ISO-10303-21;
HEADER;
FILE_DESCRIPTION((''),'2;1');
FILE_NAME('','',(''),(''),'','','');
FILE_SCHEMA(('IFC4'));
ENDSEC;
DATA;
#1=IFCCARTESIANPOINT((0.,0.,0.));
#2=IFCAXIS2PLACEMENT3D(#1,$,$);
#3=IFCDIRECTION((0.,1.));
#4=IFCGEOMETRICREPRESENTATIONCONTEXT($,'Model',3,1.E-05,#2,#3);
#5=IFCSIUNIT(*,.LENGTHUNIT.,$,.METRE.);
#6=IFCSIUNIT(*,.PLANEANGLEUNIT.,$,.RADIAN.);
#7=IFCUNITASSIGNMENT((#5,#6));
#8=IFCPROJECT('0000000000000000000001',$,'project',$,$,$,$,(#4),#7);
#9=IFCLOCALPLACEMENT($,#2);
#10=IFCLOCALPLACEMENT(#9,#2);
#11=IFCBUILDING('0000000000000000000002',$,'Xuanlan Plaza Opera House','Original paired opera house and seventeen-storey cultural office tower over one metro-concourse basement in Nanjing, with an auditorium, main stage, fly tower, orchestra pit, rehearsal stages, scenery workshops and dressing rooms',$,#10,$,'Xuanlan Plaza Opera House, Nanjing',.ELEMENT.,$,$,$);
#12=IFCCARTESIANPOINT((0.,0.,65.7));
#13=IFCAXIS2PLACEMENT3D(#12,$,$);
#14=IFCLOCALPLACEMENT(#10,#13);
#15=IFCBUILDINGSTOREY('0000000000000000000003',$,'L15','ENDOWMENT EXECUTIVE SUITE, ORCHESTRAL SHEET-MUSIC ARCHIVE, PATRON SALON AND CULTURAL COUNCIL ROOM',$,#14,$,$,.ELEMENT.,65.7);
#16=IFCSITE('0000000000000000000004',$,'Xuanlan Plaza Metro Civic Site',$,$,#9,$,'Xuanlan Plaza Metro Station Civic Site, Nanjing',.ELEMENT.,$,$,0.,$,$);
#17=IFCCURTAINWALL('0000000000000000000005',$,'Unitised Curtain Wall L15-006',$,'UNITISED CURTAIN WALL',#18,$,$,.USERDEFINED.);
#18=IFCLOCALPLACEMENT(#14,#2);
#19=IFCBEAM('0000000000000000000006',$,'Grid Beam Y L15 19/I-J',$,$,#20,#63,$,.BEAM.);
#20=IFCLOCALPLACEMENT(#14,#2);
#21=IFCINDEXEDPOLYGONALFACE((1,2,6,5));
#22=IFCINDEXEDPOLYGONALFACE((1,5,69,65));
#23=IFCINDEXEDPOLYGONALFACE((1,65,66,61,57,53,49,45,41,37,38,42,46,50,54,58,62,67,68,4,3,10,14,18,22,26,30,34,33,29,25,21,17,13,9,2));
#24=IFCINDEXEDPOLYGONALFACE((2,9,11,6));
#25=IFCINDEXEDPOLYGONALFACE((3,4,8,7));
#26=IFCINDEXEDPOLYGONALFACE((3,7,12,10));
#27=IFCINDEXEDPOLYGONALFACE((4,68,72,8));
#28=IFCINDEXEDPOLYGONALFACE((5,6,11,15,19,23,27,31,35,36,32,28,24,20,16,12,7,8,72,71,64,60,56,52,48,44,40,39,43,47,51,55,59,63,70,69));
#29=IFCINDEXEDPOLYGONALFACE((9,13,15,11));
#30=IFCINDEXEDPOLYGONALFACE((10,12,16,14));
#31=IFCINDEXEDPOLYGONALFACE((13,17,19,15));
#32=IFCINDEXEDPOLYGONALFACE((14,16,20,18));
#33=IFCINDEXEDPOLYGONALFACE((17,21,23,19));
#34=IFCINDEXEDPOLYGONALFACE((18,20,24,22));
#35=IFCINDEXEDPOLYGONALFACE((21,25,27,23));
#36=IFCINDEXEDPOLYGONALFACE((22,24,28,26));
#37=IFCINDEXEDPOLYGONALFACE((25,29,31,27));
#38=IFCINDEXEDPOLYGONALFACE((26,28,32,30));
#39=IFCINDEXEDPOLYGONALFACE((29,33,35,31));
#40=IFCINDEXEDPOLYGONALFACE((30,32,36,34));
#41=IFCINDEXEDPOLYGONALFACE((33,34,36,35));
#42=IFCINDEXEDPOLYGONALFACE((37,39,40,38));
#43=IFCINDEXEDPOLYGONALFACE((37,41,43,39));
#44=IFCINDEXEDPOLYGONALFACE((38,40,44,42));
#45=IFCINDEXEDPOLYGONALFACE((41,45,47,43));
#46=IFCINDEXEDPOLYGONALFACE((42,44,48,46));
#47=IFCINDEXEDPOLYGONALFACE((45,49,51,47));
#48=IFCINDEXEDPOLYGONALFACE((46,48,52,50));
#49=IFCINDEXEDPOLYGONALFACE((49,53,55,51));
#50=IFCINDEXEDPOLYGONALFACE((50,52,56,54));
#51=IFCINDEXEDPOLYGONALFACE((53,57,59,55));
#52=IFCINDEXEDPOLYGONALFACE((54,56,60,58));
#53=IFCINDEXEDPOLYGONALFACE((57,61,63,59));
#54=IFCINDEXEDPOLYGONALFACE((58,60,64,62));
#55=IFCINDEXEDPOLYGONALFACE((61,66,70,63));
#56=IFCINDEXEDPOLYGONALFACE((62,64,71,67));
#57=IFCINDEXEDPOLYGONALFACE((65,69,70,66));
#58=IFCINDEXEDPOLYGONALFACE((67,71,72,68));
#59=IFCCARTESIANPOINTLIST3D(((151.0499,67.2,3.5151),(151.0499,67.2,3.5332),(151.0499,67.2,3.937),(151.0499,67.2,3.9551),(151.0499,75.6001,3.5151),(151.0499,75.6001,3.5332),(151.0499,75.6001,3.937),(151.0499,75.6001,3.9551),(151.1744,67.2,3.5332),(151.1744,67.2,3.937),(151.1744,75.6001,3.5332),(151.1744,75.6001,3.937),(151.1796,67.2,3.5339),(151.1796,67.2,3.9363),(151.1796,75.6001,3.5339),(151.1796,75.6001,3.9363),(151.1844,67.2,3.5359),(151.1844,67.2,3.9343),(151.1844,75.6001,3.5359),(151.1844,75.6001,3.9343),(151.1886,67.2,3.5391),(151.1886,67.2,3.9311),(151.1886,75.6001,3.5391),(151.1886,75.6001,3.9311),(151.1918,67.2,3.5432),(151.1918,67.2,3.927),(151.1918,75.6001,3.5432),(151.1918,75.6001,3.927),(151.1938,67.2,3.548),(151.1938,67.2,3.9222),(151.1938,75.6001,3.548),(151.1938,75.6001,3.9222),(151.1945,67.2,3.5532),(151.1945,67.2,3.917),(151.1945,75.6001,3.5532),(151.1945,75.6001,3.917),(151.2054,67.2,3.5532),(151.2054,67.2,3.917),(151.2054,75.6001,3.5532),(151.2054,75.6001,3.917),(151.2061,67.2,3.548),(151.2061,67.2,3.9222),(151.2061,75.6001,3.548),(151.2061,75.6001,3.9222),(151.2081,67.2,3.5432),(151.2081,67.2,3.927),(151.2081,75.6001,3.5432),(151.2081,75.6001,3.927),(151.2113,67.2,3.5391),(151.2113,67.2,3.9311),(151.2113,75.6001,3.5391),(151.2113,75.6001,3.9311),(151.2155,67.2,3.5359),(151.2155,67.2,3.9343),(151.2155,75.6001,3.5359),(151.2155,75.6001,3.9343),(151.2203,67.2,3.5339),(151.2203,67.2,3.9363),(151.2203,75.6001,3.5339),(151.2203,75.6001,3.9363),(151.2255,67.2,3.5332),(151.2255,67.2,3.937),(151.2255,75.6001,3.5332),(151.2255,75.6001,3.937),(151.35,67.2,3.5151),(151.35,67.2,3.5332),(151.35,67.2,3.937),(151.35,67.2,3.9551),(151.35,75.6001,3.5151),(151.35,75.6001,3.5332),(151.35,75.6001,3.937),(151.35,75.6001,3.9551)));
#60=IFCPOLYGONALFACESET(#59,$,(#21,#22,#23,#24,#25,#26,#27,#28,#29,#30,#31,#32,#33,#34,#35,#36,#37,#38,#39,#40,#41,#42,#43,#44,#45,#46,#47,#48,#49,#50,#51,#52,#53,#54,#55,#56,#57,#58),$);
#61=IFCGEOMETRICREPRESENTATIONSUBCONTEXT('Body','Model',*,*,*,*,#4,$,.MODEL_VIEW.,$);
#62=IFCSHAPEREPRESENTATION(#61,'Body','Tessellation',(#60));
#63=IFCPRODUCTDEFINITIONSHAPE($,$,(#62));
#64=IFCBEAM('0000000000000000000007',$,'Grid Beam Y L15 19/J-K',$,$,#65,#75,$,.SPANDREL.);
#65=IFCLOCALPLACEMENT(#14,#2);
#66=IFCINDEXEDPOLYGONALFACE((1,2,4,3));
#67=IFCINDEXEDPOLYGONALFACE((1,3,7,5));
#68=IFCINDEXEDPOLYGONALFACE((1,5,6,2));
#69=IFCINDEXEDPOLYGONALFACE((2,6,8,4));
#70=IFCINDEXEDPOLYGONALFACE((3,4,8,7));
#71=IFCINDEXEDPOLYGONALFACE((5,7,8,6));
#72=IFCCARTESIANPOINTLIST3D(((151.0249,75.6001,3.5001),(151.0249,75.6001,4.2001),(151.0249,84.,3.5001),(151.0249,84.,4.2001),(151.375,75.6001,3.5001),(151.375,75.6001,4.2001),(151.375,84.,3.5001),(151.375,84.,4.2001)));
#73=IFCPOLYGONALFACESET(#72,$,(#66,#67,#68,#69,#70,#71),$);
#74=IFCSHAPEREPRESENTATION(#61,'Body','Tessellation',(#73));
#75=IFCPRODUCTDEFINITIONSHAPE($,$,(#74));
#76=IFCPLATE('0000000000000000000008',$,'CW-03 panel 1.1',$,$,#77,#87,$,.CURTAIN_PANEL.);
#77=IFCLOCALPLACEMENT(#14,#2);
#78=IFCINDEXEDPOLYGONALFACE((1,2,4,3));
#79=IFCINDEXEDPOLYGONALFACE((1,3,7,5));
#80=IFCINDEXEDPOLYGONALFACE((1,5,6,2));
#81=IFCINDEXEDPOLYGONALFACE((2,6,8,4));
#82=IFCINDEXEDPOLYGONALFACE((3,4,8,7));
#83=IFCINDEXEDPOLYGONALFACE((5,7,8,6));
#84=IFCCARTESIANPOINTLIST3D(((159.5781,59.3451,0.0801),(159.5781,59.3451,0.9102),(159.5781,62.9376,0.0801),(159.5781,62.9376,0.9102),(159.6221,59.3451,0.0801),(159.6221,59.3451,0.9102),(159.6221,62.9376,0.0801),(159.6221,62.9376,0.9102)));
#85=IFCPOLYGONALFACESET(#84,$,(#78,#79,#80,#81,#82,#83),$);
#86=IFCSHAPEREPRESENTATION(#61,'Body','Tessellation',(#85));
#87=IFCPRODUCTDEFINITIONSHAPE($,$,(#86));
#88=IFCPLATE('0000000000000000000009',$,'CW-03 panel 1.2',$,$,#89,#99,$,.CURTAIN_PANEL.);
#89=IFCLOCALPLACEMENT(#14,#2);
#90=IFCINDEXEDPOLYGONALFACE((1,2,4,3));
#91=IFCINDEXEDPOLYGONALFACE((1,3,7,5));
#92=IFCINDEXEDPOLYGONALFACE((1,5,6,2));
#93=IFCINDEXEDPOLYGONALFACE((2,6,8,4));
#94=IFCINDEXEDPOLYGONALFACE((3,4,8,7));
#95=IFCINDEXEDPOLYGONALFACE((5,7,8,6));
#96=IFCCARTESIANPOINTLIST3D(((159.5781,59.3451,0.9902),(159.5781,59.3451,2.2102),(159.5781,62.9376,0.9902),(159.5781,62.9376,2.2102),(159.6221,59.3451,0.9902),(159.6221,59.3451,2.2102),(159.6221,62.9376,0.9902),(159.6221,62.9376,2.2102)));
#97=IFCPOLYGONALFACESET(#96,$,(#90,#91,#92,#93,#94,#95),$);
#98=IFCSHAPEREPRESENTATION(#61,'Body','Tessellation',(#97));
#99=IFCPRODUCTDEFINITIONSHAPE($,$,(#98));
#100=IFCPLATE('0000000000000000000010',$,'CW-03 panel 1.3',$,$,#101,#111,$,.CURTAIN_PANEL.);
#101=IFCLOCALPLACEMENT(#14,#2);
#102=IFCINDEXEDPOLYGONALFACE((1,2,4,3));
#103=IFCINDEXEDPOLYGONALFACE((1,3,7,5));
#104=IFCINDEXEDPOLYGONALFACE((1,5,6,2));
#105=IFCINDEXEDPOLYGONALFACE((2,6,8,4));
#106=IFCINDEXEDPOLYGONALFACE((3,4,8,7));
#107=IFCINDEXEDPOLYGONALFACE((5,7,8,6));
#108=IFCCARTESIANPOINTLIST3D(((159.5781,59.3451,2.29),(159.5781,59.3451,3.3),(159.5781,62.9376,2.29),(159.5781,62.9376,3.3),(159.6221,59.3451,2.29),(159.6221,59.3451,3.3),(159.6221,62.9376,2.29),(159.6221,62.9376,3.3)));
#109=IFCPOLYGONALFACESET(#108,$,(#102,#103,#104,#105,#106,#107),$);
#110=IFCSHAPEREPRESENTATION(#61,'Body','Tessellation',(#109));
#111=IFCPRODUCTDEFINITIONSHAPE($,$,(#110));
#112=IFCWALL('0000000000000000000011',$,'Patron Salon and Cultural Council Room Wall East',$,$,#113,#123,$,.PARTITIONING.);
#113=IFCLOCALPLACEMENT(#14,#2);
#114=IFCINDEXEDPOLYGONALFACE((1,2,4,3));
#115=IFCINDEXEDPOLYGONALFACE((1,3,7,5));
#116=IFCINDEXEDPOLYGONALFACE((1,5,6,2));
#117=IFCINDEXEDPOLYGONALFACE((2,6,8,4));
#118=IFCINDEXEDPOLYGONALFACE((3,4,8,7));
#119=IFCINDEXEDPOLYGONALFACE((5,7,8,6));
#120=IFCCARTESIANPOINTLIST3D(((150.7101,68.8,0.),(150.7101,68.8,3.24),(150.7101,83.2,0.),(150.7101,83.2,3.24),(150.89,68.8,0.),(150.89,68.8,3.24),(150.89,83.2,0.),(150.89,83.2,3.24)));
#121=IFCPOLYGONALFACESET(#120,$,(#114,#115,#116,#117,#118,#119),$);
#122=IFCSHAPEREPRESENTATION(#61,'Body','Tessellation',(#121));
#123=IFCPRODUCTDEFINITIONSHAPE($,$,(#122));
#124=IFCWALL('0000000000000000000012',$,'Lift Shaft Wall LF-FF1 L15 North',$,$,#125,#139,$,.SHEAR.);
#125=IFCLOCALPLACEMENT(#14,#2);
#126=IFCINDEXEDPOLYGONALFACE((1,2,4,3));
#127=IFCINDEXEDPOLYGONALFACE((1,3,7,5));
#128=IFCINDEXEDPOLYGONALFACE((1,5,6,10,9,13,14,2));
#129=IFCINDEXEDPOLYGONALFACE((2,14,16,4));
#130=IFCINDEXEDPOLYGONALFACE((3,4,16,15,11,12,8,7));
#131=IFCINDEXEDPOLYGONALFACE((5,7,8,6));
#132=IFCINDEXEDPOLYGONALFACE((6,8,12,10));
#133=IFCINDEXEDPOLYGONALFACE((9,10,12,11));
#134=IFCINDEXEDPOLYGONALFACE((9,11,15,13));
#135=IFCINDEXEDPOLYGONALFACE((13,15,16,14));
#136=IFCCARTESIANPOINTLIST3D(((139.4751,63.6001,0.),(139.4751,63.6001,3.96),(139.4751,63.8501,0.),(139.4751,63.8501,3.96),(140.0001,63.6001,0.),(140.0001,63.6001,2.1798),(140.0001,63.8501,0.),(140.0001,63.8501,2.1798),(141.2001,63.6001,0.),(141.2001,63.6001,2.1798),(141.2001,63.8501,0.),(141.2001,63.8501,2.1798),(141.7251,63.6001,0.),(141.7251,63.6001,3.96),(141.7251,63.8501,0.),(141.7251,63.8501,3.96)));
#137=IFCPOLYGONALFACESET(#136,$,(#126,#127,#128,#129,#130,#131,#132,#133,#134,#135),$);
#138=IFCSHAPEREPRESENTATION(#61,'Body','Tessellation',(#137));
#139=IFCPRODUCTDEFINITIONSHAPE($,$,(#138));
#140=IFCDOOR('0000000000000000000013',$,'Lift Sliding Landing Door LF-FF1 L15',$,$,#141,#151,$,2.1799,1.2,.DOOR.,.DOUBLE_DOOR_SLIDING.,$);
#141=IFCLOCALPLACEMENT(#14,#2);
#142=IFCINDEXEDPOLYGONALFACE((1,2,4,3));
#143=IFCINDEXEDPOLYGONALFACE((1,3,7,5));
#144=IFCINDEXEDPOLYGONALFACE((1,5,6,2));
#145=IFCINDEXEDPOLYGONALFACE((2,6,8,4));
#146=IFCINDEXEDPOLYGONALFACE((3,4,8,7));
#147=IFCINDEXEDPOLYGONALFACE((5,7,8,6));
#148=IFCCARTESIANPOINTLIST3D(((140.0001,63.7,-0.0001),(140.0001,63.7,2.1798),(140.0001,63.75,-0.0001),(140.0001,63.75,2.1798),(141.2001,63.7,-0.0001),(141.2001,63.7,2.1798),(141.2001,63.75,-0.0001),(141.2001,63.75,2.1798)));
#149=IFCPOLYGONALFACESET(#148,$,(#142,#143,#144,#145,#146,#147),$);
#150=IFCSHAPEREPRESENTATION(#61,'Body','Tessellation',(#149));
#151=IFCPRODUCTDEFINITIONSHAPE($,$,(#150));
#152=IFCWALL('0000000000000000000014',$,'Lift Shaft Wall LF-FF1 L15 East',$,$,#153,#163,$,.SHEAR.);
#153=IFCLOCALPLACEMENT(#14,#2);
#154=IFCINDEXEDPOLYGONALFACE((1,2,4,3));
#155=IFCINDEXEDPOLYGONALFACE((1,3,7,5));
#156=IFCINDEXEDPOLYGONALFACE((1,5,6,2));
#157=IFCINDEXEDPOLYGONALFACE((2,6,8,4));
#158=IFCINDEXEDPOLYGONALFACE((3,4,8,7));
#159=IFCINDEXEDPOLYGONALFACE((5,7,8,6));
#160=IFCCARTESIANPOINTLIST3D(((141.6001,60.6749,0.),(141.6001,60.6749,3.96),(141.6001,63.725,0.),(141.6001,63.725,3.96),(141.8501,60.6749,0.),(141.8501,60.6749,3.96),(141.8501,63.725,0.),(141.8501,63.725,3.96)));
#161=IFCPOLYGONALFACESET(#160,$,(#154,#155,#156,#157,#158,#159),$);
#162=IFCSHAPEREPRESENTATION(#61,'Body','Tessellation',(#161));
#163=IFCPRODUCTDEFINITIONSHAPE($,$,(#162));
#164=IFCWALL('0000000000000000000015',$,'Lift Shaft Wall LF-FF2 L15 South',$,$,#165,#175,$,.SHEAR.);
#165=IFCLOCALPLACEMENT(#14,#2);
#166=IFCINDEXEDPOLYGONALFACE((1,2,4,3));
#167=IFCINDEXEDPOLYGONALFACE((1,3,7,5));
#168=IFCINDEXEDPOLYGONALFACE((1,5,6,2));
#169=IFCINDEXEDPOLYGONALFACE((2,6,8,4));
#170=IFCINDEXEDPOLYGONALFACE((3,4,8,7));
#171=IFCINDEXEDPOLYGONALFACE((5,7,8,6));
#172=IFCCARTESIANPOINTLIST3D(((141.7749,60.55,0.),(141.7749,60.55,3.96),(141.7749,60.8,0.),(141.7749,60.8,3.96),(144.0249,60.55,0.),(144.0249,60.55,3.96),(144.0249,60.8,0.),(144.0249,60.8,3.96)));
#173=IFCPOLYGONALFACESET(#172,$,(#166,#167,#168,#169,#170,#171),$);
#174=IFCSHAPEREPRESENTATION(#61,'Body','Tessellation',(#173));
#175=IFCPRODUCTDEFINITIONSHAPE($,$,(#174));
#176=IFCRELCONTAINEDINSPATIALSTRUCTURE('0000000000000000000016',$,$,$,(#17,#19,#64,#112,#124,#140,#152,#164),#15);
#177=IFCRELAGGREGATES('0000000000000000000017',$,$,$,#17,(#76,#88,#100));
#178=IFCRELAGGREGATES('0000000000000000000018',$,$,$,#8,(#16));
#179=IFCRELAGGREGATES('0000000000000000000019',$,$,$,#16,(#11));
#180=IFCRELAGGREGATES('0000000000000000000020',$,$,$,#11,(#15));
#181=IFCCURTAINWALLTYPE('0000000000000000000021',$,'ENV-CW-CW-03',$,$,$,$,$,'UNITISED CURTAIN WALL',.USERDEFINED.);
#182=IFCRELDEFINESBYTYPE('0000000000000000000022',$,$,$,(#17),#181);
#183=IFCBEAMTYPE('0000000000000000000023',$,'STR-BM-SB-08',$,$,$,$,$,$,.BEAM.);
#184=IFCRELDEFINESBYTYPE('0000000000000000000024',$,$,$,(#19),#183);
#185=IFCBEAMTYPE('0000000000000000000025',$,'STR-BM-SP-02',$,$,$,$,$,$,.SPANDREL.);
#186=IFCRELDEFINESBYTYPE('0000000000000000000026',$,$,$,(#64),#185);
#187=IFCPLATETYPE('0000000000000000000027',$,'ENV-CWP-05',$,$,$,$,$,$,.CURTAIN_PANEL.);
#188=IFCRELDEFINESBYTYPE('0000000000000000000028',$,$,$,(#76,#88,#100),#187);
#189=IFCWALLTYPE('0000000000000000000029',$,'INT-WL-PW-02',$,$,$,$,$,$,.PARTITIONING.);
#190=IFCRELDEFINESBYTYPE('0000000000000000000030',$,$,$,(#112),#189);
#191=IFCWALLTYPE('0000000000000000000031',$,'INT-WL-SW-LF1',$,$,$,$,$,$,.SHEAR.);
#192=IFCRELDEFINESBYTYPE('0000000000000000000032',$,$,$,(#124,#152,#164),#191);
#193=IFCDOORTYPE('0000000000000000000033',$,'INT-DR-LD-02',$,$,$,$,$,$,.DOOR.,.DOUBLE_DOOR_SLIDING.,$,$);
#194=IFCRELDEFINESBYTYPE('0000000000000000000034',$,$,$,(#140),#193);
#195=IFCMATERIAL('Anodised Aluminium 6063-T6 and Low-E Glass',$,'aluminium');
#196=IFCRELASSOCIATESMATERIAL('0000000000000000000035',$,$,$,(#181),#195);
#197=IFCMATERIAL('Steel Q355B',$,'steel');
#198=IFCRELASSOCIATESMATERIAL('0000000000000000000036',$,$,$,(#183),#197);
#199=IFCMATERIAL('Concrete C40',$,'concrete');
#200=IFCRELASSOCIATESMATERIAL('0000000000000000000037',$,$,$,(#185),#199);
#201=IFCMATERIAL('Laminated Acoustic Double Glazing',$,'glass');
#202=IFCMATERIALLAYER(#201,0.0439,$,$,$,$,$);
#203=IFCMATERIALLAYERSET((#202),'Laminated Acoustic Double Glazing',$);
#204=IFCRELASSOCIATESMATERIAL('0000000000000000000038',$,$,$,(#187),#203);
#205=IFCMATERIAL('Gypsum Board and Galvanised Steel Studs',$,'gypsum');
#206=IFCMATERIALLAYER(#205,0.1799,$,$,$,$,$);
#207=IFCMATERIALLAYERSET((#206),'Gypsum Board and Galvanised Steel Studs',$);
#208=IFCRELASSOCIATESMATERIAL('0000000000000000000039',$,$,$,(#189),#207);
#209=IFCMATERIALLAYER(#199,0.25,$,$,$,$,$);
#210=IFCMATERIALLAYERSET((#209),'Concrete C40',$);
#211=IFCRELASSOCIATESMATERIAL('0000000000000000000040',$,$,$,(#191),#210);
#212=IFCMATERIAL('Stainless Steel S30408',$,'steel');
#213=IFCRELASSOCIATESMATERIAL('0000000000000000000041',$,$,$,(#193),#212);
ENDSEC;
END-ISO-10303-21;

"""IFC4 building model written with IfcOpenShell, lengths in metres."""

from ifc_helpers import new_model, si_unit, direction, frame, frame_2d, origin, origin_2d, place, context, subcontext, project, spatial, rectangle, i_section, extrude, material, layer, layer_set, material_profile, profile_set, type_object, element, fill, aggregate, save


model = new_model("IFC4")

# Units and contexts
model_context = context("Model", 3, precision=1e-05, world=origin(), true_north=direction((0.0, 1.0)))
body_context = subcontext(model_context, "Body", "Model", "MODEL_VIEW")
ifc_project = project(units=[si_unit("LENGTHUNIT", "METRE"), si_unit("PLANEANGLEUNIT", "RADIAN")], contexts=[model_context])

# Site, building, storey
site_placement = place(None, origin())
site = spatial("IfcSite", under=ifc_project, at=site_placement, Name="Xuanlan Plaza Metro Civic Site", LongName="Xuanlan Plaza Metro Station Civic Site, Nanjing", CompositionType="ELEMENT", RefElevation=0.0)
building_placement = place(site_placement, origin())
building = spatial("IfcBuilding", under=site, at=building_placement, Name="Xuanlan Plaza Opera House", Description="Original paired opera house and seventeen-storey cultural office tower over one metro-concourse basement in Nanjing, with an auditorium, main stage, fly tower, orchestra pit, rehearsal stages, scenery workshops and dressing rooms", LongName="Xuanlan Plaza Opera House, Nanjing", CompositionType="ELEMENT")
storey_placement = place(building_placement, frame((0.0, 0.0, 65.7)))
storey = spatial("IfcBuildingStorey", under=building, at=storey_placement, Name="L15", Description="ENDOWMENT EXECUTIVE SUITE, ORCHESTRAL SHEET-MUSIC ARCHIVE, PATRON SALON AND CULTURAL COUNCIL ROOM", CompositionType="ELEMENT", Elevation=65.7)

# Curtain wall
ifc_material_1 = material(Name="Anodised Aluminium 6063-T6 and Low-E Glass", Category="aluminium")
curtain_wall_type = type_object("IfcCurtainWallType", Name="ENV-CW-CW-03", ElementType="UNITISED CURTAIN WALL", PredefinedType="USERDEFINED", material=ifc_material_1)
curtain_wall_placement = place(storey_placement, origin())
curtain_wall = element("IfcCurtainWall", 1, at=curtain_wall_placement, inside=storey, type_object=curtain_wall_type, Name="Unitised Curtain Wall L15-006", ObjectType="UNITISED CURTAIN WALL", PredefinedType="USERDEFINED")

# Beams
ifc_material_2 = material(Name="Concrete C40", Category="concrete")
ifc_material_3 = material(Name="Steel Q355B", Category="steel")
ifc_material_profile_1 = material_profile(ifc_material_3, i_section(OverallWidth=0.3, OverallDepth=0.4399, WebThickness=0.011, FlangeThickness=0.0181, FilletRadius=0.02, at=origin_2d()), Name="HM 440x300x11x18")
ifc_profile_set_1 = profile_set([ifc_material_profile_1], Name="Steel Q355B")
beam_type_1 = type_object("IfcBeamType", Name="STR-BM-SB-08", PredefinedType="BEAM", material=ifc_profile_set_1)
beam_1_placement = place(storey_placement, frame((151.2, 67.2, 3.7351), z_axis=(0.0, 1.0, 0.0), x_axis=(-1.0, 0.0, 0.0)))
element("IfcBeam", 2, at=beam_1_placement, inside=storey, type_object=beam_type_1, Name="Grid Beam Y L15 19/I-J", PredefinedType="BEAM", context=body_context, shape_type="SweptSolid", body=[
    extrude(i_section(OverallWidth=0.3, OverallDepth=0.4399, WebThickness=0.011, FlangeThickness=0.0181, FilletRadius=0.02, at=origin_2d()), origin(), (0.0, 0.0, 1.0), 8.4001),
])
ifc_material_profile_2 = material_profile(ifc_material_2, rectangle(XDim=0.3501, YDim=0.7, at=origin_2d()), Name="RC-SPD 350x700")
ifc_profile_set_2 = profile_set([ifc_material_profile_2], Name="Concrete C40")
beam_type_2 = type_object("IfcBeamType", Name="STR-BM-SP-02", PredefinedType="SPANDREL", material=ifc_profile_set_2)
beam_2_placement = place(storey_placement, frame((151.2, 75.6001, 3.8501), z_axis=(0.0, 1.0, 0.0), x_axis=(-1.0, 0.0, 0.0)))
element("IfcBeam", 3, at=beam_2_placement, inside=storey, type_object=beam_type_2, Name="Grid Beam Y L15 19/J-K", PredefinedType="SPANDREL", context=body_context, shape_type="SweptSolid", body=[
    extrude(rectangle(XDim=0.3501, YDim=0.7, at=origin_2d()), origin(), (0.0, 0.0, 1.0), 8.3999),
])

# Plates
ifc_material_4 = material(Name="Laminated Acoustic Double Glazing", Category="glass")
ifc_layer_1 = layer(ifc_material_4, 0.0439)
ifc_layer_set_1 = layer_set([ifc_layer_1], Name="Laminated Acoustic Double Glazing")
plate_type = type_object("IfcPlateType", Name="ENV-CWP-05", PredefinedType="CURTAIN_PANEL", material=ifc_layer_set_1)
plate_1_placement = place(storey_placement, frame((159.6001, 61.1414, 0.0801), z_axis=(0.0, 0.0, 1.0), x_axis=(0.0, 1.0, 0.0)))
plate_1 = element("IfcPlate", 4, at=plate_1_placement, type_object=plate_type, Name="CW-03 panel 1.1", PredefinedType="CURTAIN_PANEL", context=body_context, shape_type="SweptSolid", body=[
    extrude(rectangle(XDim=3.5925, YDim=0.0439, at=origin_2d()), origin(), (0.0, 0.0, 1.0), 0.8301),
])
plate_2_placement = place(storey_placement, frame((159.6001, 61.1414, 0.9902), z_axis=(0.0, 0.0, 1.0), x_axis=(0.0, 1.0, 0.0)))
plate_2 = element("IfcPlate", 5, at=plate_2_placement, type_object=plate_type, Name="CW-03 panel 1.2", PredefinedType="CURTAIN_PANEL", context=body_context, shape_type="SweptSolid", body=[
    extrude(rectangle(XDim=3.5925, YDim=0.0439, at=origin_2d()), origin(), (0.0, 0.0, 1.0), 1.22),
])
plate_3_placement = place(storey_placement, frame((159.6001, 61.1414, 2.29), z_axis=(0.0, 0.0, 1.0), x_axis=(0.0, 1.0, 0.0)))
plate_3 = element("IfcPlate", 6, at=plate_3_placement, type_object=plate_type, Name="CW-03 panel 1.3", PredefinedType="CURTAIN_PANEL", context=body_context, shape_type="SweptSolid", body=[
    extrude(rectangle(XDim=3.5925, YDim=0.0439, at=origin_2d()), origin(), (0.0, 0.0, 1.0), 1.01),
])
aggregate(curtain_wall, [plate_1, plate_2, plate_3])

# Wall
ifc_material_5 = material(Name="Gypsum Board and Galvanised Steel Studs", Category="gypsum")
ifc_layer_2 = layer(ifc_material_5, 0.1799)
ifc_layer_set_2 = layer_set([ifc_layer_2], Name="Gypsum Board and Galvanised Steel Studs")
wall_type_1 = type_object("IfcWallType", Name="INT-WL-PW-02", PredefinedType="PARTITIONING", material=ifc_layer_set_2)
wall_1_placement = place(storey_placement, frame((150.8, 68.8, 0.0), z_axis=(0.0, 0.0, 1.0), x_axis=(0.0, 1.0, 0.0)))
element("IfcWall", 7, at=wall_1_placement, inside=storey, type_object=wall_type_1, Name="Patron Salon and Cultural Council Room Wall East", PredefinedType="PARTITIONING", context=body_context, shape_type="SweptSolid", body=[
    extrude(rectangle(XDim=14.3999, YDim=0.1799, at=frame_2d((7.2, 0.0))), origin(), (0.0, 0.0, 1.0), 3.24),
])

# Wall, opening, door
ifc_layer_3 = layer(ifc_material_2, 0.25)
ifc_layer_set_3 = layer_set([ifc_layer_3], Name="Concrete C40")
wall_type_2 = type_object("IfcWallType", Name="INT-WL-SW-LF1", PredefinedType="SHEAR", material=ifc_layer_set_3)
wall_2_placement = place(storey_placement, frame((139.4751, 63.7251, 0.0), z_axis=(0.0, 0.0, 1.0), x_axis=(1.0, 0.0, 0.0)))
wall_2 = element("IfcWall", 8, at=wall_2_placement, inside=storey, type_object=wall_type_2, Name="Lift Shaft Wall LF-FF1 L15 North", PredefinedType="SHEAR", context=body_context, shape_type="SweptSolid", body=[
    extrude(rectangle(XDim=2.25, YDim=0.25, at=frame_2d((1.125, 0.0))), origin(), (0.0, 0.0, 1.0), 3.96),
])
opening_1_placement = place(wall_2_placement, frame((0.5249, 0.0, 0.0)))
opening_1 = element("IfcOpeningElement", 9, at=opening_1_placement, cuts=wall_2, PredefinedType="OPENING", context=body_context, shape_type="SweptSolid", body=[
    extrude(rectangle(XDim=1.2, YDim=2.1799, at=frame_2d((0.6001, 1.0898))), frame((0.0, 0.135, 0.0), z_axis=(0.0, -1.0, 0.0), x_axis=(1.0, 0.0, 0.0)), (0.0, 0.0, 1.0), 0.27),
])
ifc_material_6 = material(Name="Stainless Steel S30408", Category="steel")
door_type = type_object("IfcDoorType", Name="INT-DR-LD-02", OperationType="DOUBLE_DOOR_SLIDING", PredefinedType="DOOR", material=ifc_material_6)
door_1_placement = place(opening_1_placement, origin())
door_1 = element("IfcDoor", 10, at=door_1_placement, inside=storey, type_object=door_type, Name="Lift Sliding Landing Door LF-FF1 L15", OperationType="DOUBLE_DOOR_SLIDING", OverallHeight=2.1799, OverallWidth=1.2, PredefinedType="DOOR", context=body_context, shape_type="SweptSolid", body=[
    extrude(rectangle(XDim=1.2, YDim=2.1799, at=frame_2d((0.6001, 1.0898))), frame((0.0, 0.0249, 0.0), z_axis=(0.0, -1.0, 0.0), x_axis=(1.0, 0.0, 0.0)), (0.0, 0.0, 1.0), 0.05),
])
fill(opening_1, door_1)

# Walls
wall_3_placement = place(storey_placement, frame((141.7251, 60.675, 0.0), z_axis=(0.0, 0.0, 1.0), x_axis=(0.0, 1.0, 0.0)))
element("IfcWall", 11, at=wall_3_placement, inside=storey, type_object=wall_type_2, Name="Lift Shaft Wall LF-FF1 L15 East", PredefinedType="SHEAR", context=body_context, shape_type="SweptSolid", body=[
    extrude(rectangle(XDim=3.05, YDim=0.25, at=frame_2d((1.5249, 0.0))), origin(), (0.0, 0.0, 1.0), 3.96),
])
wall_4_placement = place(storey_placement, frame((141.7749, 60.675, 0.0), z_axis=(0.0, 0.0, 1.0), x_axis=(1.0, 0.0, 0.0)))
element("IfcWall", 12, at=wall_4_placement, inside=storey, type_object=wall_type_2, Name="Lift Shaft Wall LF-FF2 L15 South", PredefinedType="SHEAR", context=body_context, shape_type="SweptSolid", body=[
    extrude(rectangle(XDim=2.25, YDim=0.25, at=frame_2d((1.125, 0.0))), origin(), (0.0, 0.0, 1.0), 3.96),
])

save(model, "model.ifc")
